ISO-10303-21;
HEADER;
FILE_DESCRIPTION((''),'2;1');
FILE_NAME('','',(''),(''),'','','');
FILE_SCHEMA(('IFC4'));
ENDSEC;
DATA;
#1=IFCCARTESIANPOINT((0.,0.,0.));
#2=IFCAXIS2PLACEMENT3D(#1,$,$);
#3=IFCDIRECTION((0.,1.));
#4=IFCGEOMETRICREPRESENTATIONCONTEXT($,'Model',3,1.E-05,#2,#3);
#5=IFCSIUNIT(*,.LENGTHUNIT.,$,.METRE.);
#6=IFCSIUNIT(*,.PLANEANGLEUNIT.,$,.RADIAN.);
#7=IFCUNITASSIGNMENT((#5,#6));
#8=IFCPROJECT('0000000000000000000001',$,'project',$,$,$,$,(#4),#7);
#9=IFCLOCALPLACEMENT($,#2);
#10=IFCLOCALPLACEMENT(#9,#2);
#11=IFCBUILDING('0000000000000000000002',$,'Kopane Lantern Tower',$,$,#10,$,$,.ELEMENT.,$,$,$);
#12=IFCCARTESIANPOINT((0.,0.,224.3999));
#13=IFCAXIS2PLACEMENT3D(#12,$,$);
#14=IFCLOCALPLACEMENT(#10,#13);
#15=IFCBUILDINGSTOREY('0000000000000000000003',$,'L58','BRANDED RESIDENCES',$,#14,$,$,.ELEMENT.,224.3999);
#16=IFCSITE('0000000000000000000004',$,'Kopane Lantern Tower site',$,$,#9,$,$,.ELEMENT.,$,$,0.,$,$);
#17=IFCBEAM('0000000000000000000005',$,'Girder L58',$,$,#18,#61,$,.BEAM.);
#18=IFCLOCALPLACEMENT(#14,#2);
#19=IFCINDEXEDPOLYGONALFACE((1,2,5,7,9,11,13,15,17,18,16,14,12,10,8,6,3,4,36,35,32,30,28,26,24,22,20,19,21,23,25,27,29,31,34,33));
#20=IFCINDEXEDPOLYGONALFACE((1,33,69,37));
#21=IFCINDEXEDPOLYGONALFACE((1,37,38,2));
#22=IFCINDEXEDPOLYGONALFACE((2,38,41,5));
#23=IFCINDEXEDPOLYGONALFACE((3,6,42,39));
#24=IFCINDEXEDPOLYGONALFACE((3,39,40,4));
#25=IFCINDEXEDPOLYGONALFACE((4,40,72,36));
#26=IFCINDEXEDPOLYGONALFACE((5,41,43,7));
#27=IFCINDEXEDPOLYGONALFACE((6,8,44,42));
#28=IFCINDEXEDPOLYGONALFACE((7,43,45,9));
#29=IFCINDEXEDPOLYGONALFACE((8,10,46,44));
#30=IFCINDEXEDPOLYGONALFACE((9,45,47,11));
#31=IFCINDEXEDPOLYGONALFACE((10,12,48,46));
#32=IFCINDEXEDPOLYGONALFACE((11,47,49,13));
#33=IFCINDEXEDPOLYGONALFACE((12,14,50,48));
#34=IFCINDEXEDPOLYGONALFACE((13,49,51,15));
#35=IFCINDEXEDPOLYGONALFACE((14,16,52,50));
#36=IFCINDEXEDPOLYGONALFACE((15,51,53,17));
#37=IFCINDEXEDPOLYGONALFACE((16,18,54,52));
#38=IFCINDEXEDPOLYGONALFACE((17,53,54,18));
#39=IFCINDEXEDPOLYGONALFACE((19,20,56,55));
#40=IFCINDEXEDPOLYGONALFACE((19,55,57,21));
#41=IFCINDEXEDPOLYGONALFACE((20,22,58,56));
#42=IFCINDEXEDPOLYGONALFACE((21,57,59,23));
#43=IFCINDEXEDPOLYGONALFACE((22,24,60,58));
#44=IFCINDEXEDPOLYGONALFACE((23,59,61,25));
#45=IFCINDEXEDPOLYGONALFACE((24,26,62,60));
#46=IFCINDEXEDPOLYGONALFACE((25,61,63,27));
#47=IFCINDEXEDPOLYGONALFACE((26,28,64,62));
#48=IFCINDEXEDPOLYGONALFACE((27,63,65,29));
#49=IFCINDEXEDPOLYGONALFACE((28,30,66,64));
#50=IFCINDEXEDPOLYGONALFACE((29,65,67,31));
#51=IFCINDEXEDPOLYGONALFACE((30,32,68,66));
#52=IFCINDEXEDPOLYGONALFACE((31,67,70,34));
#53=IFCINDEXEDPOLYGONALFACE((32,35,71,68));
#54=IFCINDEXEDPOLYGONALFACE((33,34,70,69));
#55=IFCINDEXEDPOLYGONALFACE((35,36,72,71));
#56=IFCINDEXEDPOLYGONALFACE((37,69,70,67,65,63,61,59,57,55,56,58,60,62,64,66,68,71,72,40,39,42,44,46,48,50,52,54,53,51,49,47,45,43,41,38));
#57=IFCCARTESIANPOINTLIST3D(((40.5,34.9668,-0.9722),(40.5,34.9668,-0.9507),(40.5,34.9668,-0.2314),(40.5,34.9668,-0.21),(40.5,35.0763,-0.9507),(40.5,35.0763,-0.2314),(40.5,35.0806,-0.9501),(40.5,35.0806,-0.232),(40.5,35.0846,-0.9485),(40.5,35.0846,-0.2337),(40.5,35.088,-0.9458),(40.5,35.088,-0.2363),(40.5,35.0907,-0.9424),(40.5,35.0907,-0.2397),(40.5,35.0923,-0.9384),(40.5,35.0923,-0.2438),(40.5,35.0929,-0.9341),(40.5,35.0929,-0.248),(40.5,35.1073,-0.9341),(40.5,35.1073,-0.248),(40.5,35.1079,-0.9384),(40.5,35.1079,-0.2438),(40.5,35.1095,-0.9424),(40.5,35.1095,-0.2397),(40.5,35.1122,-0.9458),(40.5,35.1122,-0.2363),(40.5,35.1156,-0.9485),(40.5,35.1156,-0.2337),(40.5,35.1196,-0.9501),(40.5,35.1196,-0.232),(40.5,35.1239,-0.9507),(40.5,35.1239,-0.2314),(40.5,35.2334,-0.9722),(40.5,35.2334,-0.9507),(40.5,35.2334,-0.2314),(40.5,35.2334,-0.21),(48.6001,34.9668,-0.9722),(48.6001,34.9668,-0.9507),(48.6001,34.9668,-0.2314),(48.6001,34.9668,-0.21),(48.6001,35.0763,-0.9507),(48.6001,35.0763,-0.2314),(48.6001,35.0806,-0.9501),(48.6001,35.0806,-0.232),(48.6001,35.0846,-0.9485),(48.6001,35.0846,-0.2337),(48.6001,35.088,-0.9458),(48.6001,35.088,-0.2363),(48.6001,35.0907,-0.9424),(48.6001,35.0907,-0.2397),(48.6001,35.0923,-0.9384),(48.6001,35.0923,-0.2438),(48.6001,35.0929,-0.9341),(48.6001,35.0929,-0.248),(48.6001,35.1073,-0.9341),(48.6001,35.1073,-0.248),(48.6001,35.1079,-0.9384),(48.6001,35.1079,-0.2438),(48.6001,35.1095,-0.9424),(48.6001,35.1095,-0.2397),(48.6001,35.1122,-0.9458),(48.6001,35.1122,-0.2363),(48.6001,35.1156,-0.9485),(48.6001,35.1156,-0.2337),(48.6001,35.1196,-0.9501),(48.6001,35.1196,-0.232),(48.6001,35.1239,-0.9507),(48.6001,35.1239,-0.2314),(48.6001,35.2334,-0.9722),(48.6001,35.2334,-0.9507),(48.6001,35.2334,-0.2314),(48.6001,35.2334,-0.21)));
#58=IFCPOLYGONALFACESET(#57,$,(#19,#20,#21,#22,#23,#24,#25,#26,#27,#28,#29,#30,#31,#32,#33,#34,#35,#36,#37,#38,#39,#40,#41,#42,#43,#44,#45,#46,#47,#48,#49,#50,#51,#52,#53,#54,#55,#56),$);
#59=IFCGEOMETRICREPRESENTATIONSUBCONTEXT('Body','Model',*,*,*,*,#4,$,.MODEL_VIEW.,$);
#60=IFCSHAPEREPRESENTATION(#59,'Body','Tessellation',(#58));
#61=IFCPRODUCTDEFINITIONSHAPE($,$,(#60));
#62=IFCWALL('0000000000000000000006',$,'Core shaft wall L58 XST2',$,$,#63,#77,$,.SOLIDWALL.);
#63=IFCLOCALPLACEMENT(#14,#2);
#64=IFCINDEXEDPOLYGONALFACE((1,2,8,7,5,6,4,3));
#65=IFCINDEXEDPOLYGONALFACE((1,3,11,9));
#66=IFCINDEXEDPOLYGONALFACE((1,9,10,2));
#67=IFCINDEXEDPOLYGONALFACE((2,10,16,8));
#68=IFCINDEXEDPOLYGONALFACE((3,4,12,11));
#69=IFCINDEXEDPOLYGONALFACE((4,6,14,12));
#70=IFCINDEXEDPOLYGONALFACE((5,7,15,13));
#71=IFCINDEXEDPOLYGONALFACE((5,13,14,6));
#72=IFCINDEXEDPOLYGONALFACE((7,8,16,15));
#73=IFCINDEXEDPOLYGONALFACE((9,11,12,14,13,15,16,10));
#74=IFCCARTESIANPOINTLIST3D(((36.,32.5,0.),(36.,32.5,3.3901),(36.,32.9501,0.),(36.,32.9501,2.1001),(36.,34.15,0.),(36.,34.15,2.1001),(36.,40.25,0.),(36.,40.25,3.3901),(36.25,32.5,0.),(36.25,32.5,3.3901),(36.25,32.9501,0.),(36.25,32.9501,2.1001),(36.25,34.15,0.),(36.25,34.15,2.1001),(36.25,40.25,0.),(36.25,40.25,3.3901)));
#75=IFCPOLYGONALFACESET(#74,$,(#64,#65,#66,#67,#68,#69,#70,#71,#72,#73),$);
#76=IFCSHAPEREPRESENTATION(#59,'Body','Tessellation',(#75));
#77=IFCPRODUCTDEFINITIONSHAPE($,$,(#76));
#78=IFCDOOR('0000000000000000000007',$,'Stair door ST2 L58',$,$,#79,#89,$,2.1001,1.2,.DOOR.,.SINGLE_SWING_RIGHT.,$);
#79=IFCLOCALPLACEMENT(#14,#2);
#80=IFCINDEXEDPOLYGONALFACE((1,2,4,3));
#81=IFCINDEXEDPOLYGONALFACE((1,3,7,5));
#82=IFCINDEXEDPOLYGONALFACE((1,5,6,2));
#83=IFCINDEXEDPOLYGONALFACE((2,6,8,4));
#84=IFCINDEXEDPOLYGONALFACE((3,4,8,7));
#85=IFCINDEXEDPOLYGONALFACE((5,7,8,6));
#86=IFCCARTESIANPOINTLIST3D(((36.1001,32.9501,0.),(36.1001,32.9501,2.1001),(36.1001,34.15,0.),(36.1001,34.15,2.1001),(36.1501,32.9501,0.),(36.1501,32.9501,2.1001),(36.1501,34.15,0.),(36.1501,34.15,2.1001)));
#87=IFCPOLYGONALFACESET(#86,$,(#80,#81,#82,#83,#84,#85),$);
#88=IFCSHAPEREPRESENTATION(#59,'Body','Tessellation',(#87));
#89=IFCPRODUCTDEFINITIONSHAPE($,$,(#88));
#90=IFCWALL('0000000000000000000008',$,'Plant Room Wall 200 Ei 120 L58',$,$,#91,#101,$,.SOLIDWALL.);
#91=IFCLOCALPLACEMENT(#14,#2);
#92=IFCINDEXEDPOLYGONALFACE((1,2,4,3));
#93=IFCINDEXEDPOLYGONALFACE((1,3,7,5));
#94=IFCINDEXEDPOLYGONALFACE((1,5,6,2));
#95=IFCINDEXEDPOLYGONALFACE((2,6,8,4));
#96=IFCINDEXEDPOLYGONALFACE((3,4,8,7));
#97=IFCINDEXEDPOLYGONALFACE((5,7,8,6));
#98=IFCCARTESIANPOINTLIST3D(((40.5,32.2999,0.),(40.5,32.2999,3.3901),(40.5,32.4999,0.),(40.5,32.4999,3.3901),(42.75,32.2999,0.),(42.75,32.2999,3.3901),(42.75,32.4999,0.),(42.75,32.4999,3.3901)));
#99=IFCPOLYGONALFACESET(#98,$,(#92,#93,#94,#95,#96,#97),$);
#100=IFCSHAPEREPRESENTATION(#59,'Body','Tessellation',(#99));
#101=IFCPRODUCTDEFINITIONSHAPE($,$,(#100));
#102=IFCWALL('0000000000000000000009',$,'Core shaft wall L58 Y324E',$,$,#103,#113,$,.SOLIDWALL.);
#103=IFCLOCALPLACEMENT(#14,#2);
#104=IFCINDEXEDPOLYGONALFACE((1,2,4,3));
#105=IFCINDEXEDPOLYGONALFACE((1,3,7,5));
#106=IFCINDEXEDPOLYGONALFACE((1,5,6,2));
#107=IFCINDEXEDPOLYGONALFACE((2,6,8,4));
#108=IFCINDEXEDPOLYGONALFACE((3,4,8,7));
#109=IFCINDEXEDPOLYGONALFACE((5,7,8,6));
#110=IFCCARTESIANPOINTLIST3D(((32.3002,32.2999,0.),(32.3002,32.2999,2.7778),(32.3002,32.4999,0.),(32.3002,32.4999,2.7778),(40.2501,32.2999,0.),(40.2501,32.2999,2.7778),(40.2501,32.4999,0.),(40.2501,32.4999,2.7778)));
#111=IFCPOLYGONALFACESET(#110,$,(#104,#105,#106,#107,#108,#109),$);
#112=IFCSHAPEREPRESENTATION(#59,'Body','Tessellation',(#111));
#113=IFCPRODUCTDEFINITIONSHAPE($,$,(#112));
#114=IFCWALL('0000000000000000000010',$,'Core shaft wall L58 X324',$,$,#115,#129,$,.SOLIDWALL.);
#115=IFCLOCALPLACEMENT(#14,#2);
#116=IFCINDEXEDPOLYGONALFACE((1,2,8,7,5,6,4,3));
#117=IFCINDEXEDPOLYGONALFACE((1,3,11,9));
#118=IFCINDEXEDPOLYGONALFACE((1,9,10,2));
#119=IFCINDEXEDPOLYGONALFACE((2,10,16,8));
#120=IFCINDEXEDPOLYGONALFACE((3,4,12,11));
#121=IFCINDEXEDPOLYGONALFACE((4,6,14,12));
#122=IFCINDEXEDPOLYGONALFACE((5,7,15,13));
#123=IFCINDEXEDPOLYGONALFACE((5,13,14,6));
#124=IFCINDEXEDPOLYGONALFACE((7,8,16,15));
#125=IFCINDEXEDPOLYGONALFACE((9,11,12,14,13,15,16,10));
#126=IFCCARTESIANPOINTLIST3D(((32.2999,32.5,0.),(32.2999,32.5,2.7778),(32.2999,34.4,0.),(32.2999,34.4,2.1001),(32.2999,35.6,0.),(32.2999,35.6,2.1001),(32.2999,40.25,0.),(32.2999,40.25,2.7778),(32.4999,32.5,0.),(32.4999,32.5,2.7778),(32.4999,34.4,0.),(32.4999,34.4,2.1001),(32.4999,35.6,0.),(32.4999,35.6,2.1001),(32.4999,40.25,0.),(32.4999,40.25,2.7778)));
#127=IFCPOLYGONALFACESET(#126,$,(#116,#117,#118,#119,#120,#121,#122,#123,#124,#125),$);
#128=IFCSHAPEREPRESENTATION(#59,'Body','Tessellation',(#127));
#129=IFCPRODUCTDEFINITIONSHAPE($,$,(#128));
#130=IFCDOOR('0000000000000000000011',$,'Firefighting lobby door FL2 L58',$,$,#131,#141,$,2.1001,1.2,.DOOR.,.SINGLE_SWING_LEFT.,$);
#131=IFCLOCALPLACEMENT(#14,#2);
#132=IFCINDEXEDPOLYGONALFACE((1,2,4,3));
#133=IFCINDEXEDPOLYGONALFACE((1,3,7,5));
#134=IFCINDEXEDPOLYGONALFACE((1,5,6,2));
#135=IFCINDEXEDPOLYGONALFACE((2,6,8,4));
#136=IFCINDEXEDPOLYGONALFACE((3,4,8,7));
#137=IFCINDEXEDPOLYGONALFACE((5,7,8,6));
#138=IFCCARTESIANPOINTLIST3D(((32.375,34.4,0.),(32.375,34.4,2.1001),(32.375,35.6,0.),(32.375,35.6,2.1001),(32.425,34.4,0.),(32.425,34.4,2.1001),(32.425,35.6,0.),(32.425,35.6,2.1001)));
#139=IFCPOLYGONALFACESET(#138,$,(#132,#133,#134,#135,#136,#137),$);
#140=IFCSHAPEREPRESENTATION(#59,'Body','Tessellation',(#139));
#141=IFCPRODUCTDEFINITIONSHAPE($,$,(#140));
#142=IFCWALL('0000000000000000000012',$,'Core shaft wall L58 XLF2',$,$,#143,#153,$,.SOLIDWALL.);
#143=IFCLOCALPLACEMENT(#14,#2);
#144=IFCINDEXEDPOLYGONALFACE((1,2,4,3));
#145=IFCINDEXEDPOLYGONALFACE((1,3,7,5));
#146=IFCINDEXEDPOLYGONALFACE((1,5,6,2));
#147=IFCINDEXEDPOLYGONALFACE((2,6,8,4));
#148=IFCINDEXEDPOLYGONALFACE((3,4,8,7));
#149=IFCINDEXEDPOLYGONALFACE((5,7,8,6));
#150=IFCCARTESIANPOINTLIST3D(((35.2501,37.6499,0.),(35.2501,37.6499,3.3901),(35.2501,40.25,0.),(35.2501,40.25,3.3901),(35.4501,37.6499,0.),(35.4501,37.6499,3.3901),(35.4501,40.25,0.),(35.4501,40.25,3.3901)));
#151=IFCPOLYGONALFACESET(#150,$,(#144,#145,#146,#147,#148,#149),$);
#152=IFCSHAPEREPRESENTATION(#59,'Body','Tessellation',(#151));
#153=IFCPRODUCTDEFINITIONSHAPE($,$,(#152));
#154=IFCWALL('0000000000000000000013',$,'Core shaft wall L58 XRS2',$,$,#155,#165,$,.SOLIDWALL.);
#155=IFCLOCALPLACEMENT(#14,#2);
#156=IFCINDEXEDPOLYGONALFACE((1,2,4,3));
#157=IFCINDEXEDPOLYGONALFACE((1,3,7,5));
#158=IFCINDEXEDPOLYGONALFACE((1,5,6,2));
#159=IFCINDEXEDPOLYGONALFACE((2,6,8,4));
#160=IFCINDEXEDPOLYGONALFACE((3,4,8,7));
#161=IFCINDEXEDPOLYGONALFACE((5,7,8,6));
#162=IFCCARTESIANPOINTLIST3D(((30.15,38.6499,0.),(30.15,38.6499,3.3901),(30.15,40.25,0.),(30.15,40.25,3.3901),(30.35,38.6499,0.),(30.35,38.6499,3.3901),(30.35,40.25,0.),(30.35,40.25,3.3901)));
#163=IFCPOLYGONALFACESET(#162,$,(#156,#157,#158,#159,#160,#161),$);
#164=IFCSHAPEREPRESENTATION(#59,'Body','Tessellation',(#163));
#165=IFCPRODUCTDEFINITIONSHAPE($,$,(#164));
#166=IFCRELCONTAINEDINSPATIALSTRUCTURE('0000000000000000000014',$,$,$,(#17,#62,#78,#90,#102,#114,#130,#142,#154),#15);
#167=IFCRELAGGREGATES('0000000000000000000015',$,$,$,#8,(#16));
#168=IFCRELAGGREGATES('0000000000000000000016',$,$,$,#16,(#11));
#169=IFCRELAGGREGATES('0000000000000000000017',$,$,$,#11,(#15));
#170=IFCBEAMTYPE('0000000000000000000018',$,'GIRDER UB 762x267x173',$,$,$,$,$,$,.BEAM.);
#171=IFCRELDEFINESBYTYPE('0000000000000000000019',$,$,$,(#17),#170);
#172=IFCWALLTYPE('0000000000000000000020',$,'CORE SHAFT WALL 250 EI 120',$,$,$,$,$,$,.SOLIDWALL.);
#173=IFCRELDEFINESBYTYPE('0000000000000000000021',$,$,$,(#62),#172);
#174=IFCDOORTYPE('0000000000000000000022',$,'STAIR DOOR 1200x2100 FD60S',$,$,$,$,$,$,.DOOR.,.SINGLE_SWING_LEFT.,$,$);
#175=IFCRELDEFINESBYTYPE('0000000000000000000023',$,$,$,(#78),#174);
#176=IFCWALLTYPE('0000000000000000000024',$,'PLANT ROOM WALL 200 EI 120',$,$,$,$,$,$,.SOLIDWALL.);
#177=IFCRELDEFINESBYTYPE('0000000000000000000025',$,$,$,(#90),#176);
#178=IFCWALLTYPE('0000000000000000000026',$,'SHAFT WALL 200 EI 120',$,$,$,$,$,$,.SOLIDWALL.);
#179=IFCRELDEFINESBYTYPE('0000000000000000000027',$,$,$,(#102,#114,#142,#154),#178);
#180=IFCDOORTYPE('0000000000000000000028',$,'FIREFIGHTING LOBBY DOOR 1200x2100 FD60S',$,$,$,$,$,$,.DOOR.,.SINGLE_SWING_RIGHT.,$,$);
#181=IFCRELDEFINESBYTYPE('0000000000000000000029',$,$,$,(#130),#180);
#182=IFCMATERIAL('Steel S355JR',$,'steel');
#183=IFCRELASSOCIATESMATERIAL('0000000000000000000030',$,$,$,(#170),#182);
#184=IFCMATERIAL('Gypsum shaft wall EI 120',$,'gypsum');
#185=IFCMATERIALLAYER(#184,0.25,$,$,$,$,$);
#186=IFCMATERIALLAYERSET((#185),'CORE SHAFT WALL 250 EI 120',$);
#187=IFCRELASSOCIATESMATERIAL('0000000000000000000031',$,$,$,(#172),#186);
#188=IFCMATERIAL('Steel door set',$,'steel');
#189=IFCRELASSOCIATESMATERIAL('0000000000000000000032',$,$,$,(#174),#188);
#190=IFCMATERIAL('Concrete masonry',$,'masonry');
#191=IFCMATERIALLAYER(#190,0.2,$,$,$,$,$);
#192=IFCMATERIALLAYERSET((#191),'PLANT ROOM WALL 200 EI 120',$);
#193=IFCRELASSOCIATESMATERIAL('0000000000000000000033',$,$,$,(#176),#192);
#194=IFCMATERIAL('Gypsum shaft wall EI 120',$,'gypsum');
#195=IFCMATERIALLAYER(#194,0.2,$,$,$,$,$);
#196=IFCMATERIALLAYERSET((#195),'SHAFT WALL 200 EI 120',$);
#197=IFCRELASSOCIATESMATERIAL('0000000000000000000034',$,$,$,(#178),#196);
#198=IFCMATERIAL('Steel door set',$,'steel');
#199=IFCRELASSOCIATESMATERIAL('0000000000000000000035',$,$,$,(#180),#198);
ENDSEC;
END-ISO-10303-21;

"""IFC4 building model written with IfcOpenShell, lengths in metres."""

from ifc_helpers import new_model, si_unit, direction, frame, frame_2d, origin, origin_2d, place, context, subcontext, project, spatial, rectangle, i_section, extrude, material, layer, layer_set, material_profile, profile_set, type_object, element, fill, save


model = new_model("IFC4")

# Units and contexts
model_context = context("Model", 3, precision=1e-05, world=origin(), true_north=direction((0.0, 1.0)))
body_context = subcontext(model_context, "Body", "Model", "MODEL_VIEW")
ifc_project = project(units=[si_unit("LENGTHUNIT", "METRE"), si_unit("PLANEANGLEUNIT", "RADIAN")], contexts=[model_context])

# Site, building, storey
site_placement = place(None, origin())
site = spatial("IfcSite", under=ifc_project, at=site_placement, Name="Kopane Lantern Tower site", CompositionType="ELEMENT", RefElevation=0.0)
building_placement = place(site_placement, origin())
building = spatial("IfcBuilding", under=site, at=building_placement, Name="Kopane Lantern Tower", CompositionType="ELEMENT")
storey_placement = place(building_placement, frame((0.0, 0.0, 224.3999)))
storey = spatial("IfcBuildingStorey", under=building, at=storey_placement, Name="L58", Description="BRANDED RESIDENCES", CompositionType="ELEMENT", Elevation=224.3999)

# Beam
ifc_material_1 = material(Name="Steel S355JR", Category="steel")
ifc_material_profile_1 = material_profile(ifc_material_1, i_section(OverallWidth=0.2666, OverallDepth=0.7622, WebThickness=0.0144, FlangeThickness=0.0215, FilletRadius=0.0166, at=origin_2d()), Name="UB 762x267x173")
ifc_profile_set_1 = profile_set([ifc_material_profile_1], Name="Steel S355JR")
beam_type_1 = type_object("IfcBeamType", Name="GIRDER UB 762x267x173", PredefinedType="BEAM", material=ifc_profile_set_1)
for number, where, z_axis, x_axis, name in (
    (1, (40.5, 35.1001, -0.5911), (1.0, 0.0, 0.0), (0.0, 1.0, 0.0), "Girder L58"),
):
    element("IfcBeam", number, at=place(storey_placement, frame(where, z_axis=z_axis, x_axis=x_axis)), inside=storey, type_object=beam_type_1, Name=name, PredefinedType="BEAM", context=body_context, shape_type="SweptSolid", body=[
        extrude(i_section(OverallWidth=0.2666, OverallDepth=0.7622, WebThickness=0.0144, FlangeThickness=0.0215, FilletRadius=0.0166, at=origin_2d()), origin(), (0.0, 0.0, 1.0), 8.1001),
    ])

# Wall, opening, door
ifc_material_2 = material(Name="Gypsum shaft wall EI 120", Category="gypsum")
ifc_layer_1 = layer(ifc_material_2, 0.25)
ifc_layer_set_1 = layer_set([ifc_layer_1], Name="CORE SHAFT WALL 250 EI 120")
wall_type_1 = type_object("IfcWallType", Name="CORE SHAFT WALL 250 EI 120", PredefinedType="SOLIDWALL", material=ifc_layer_set_1)
wall_1_placement = place(storey_placement, frame((36.125, 32.5, 0.0), z_axis=(0.0, 0.0, 1.0), x_axis=(0.0, 1.0, 0.0)))
wall_1 = element("IfcWall", 2, at=wall_1_placement, inside=storey, type_object=wall_type_1, Name="Core shaft wall L58 XST2", PredefinedType="SOLIDWALL", context=body_context, shape_type="SweptSolid", body=[
    extrude(rectangle(XDim=7.75, YDim=0.25, at=frame_2d((3.875, 0.0))), origin(), (0.0, 0.0, 1.0), 3.3901),
])
opening_1_placement = place(wall_1_placement, frame((0.45, 0.0, 0.0)))
opening_1 = element("IfcOpeningElement", 3, at=opening_1_placement, cuts=wall_1, PredefinedType="OPENING", context=body_context, shape_type="SweptSolid", body=[
    extrude(rectangle(XDim=1.2, YDim=2.1001, at=frame_2d((0.6001, 1.05))), frame((0.0, 0.135, 0.0), z_axis=(0.0, -1.0, 0.0), x_axis=(1.0, 0.0, 0.0)), (0.0, 0.0, 1.0), 0.27),
])
ifc_material_3 = material(Name="Steel door set", Category="steel")
door_type_1 = type_object("IfcDoorType", Name="STAIR DOOR 1200x2100 FD60S", OperationType="SINGLE_SWING_LEFT", PredefinedType="DOOR", material=ifc_material_3)
door_1_placement = place(opening_1_placement, origin())
door_1 = element("IfcDoor", 4, at=door_1_placement, inside=storey, type_object=door_type_1, Name="Stair door ST2 L58", OperationType="SINGLE_SWING_RIGHT", OverallHeight=2.1001, OverallWidth=1.2, PredefinedType="DOOR", context=body_context, shape_type="SweptSolid", body=[
    extrude(rectangle(XDim=1.2, YDim=2.1001, at=frame_2d((0.6001, 1.05))), frame((0.0, 0.0249, 0.0), z_axis=(0.0, -1.0, 0.0), x_axis=(1.0, 0.0, 0.0)), (0.0, 0.0, 1.0), 0.05),
])
fill(opening_1, door_1)

# Walls
ifc_material_4 = material(Name="Concrete masonry", Category="masonry")
ifc_layer_2 = layer(ifc_material_4, 0.2)
ifc_layer_set_2 = layer_set([ifc_layer_2], Name="PLANT ROOM WALL 200 EI 120")
wall_type_2 = type_object("IfcWallType", Name="PLANT ROOM WALL 200 EI 120", PredefinedType="SOLIDWALL", material=ifc_layer_set_2)
wall_2_placement = place(storey_placement, frame((40.5, 32.3999, 0.0), z_axis=(0.0, 0.0, 1.0), x_axis=(1.0, 0.0, 0.0)))
element("IfcWall", 5, at=wall_2_placement, inside=storey, type_object=wall_type_2, Name="Plant Room Wall 200 Ei 120 L58", PredefinedType="SOLIDWALL", context=body_context, shape_type="SweptSolid", body=[
    extrude(rectangle(XDim=2.25, YDim=0.2, at=frame_2d((1.125, 0.0))), origin(), (0.0, 0.0, 1.0), 3.3901),
])
ifc_material_5 = material(Name="Gypsum shaft wall EI 120", Category="gypsum")
ifc_layer_3 = layer(ifc_material_5, 0.2)
ifc_layer_set_3 = layer_set([ifc_layer_3], Name="SHAFT WALL 200 EI 120")
wall_type_3 = type_object("IfcWallType", Name="SHAFT WALL 200 EI 120", PredefinedType="SOLIDWALL", material=ifc_layer_set_3)
wall_3_placement = place(storey_placement, frame((32.3, 32.3999, 0.0), z_axis=(0.0, 0.0, 1.0), x_axis=(1.0, 0.0, 0.0)))
element("IfcWall", 6, at=wall_3_placement, inside=storey, type_object=wall_type_3, Name="Core shaft wall L58 Y324E", PredefinedType="SOLIDWALL", context=body_context, shape_type="SweptSolid", body=[
    extrude(rectangle(XDim=7.95, YDim=0.2, at=frame_2d((3.9751, 0.0))), origin(), (0.0, 0.0, 1.0), 2.7778),
])

# Wall, opening, door
wall_4_placement = place(storey_placement, frame((32.3999, 32.5, 0.0), z_axis=(0.0, 0.0, 1.0), x_axis=(0.0, 1.0, 0.0)))
wall_4 = element("IfcWall", 7, at=wall_4_placement, inside=storey, type_object=wall_type_3, Name="Core shaft wall L58 X324", PredefinedType="SOLIDWALL", context=body_context, shape_type="SweptSolid", body=[
    extrude(rectangle(XDim=7.75, YDim=0.2, at=frame_2d((3.875, 0.0))), origin(), (0.0, 0.0, 1.0), 2.7778),
])
opening_2_placement = place(wall_4_placement, frame((1.8999, 0.0, 0.0)))
opening_2 = element("IfcOpeningElement", 8, at=opening_2_placement, cuts=wall_4, PredefinedType="OPENING", context=body_context, shape_type="SweptSolid", body=[
    extrude(rectangle(XDim=1.2, YDim=2.1001, at=frame_2d((0.6001, 1.05))), frame((0.0, 0.1099, 0.0), z_axis=(0.0, -1.0, 0.0), x_axis=(1.0, 0.0, 0.0)), (0.0, 0.0, 1.0), 0.22),
])
ifc_material_6 = material(Name="Steel door set", Category="steel")
door_type_2 = type_object("IfcDoorType", Name="FIREFIGHTING LOBBY DOOR 1200x2100 FD60S", OperationType="SINGLE_SWING_RIGHT", PredefinedType="DOOR", material=ifc_material_6)
door_2_placement = place(opening_2_placement, origin())
door_2 = element("IfcDoor", 9, at=door_2_placement, inside=storey, type_object=door_type_2, Name="Firefighting lobby door FL2 L58", OperationType="SINGLE_SWING_LEFT", OverallHeight=2.1001, OverallWidth=1.2, PredefinedType="DOOR", context=body_context, shape_type="SweptSolid", body=[
    extrude(rectangle(XDim=1.2, YDim=2.1001, at=frame_2d((0.6001, 1.05))), frame((0.0, 0.0249, 0.0), z_axis=(0.0, -1.0, 0.0), x_axis=(1.0, 0.0, 0.0)), (0.0, 0.0, 1.0), 0.05),
])
fill(opening_2, door_2)

# Walls
wall_5_placement = place(storey_placement, frame((35.3501, 37.6499, 0.0), z_axis=(0.0, 0.0, 1.0), x_axis=(0.0, 1.0, 0.0)))
element("IfcWall", 10, at=wall_5_placement, inside=storey, type_object=wall_type_3, Name="Core shaft wall L58 XLF2", PredefinedType="SOLIDWALL", context=body_context, shape_type="SweptSolid", body=[
    extrude(rectangle(XDim=2.6001, YDim=0.2, at=frame_2d((1.3, 0.0))), origin(), (0.0, 0.0, 1.0), 3.3901),
])
wall_6_placement = place(storey_placement, frame((30.25, 38.6499, 0.0), z_axis=(0.0, 0.0, 1.0), x_axis=(0.0, 1.0, 0.0)))
element("IfcWall", 11, at=wall_6_placement, inside=storey, type_object=wall_type_3, Name="Core shaft wall L58 XRS2", PredefinedType="SOLIDWALL", context=body_context, shape_type="SweptSolid", body=[
    extrude(rectangle(XDim=1.6001, YDim=0.2, at=frame_2d((0.8, 0.0))), origin(), (0.0, 0.0, 1.0), 3.3901),
])

save(model, "model.ifc")
